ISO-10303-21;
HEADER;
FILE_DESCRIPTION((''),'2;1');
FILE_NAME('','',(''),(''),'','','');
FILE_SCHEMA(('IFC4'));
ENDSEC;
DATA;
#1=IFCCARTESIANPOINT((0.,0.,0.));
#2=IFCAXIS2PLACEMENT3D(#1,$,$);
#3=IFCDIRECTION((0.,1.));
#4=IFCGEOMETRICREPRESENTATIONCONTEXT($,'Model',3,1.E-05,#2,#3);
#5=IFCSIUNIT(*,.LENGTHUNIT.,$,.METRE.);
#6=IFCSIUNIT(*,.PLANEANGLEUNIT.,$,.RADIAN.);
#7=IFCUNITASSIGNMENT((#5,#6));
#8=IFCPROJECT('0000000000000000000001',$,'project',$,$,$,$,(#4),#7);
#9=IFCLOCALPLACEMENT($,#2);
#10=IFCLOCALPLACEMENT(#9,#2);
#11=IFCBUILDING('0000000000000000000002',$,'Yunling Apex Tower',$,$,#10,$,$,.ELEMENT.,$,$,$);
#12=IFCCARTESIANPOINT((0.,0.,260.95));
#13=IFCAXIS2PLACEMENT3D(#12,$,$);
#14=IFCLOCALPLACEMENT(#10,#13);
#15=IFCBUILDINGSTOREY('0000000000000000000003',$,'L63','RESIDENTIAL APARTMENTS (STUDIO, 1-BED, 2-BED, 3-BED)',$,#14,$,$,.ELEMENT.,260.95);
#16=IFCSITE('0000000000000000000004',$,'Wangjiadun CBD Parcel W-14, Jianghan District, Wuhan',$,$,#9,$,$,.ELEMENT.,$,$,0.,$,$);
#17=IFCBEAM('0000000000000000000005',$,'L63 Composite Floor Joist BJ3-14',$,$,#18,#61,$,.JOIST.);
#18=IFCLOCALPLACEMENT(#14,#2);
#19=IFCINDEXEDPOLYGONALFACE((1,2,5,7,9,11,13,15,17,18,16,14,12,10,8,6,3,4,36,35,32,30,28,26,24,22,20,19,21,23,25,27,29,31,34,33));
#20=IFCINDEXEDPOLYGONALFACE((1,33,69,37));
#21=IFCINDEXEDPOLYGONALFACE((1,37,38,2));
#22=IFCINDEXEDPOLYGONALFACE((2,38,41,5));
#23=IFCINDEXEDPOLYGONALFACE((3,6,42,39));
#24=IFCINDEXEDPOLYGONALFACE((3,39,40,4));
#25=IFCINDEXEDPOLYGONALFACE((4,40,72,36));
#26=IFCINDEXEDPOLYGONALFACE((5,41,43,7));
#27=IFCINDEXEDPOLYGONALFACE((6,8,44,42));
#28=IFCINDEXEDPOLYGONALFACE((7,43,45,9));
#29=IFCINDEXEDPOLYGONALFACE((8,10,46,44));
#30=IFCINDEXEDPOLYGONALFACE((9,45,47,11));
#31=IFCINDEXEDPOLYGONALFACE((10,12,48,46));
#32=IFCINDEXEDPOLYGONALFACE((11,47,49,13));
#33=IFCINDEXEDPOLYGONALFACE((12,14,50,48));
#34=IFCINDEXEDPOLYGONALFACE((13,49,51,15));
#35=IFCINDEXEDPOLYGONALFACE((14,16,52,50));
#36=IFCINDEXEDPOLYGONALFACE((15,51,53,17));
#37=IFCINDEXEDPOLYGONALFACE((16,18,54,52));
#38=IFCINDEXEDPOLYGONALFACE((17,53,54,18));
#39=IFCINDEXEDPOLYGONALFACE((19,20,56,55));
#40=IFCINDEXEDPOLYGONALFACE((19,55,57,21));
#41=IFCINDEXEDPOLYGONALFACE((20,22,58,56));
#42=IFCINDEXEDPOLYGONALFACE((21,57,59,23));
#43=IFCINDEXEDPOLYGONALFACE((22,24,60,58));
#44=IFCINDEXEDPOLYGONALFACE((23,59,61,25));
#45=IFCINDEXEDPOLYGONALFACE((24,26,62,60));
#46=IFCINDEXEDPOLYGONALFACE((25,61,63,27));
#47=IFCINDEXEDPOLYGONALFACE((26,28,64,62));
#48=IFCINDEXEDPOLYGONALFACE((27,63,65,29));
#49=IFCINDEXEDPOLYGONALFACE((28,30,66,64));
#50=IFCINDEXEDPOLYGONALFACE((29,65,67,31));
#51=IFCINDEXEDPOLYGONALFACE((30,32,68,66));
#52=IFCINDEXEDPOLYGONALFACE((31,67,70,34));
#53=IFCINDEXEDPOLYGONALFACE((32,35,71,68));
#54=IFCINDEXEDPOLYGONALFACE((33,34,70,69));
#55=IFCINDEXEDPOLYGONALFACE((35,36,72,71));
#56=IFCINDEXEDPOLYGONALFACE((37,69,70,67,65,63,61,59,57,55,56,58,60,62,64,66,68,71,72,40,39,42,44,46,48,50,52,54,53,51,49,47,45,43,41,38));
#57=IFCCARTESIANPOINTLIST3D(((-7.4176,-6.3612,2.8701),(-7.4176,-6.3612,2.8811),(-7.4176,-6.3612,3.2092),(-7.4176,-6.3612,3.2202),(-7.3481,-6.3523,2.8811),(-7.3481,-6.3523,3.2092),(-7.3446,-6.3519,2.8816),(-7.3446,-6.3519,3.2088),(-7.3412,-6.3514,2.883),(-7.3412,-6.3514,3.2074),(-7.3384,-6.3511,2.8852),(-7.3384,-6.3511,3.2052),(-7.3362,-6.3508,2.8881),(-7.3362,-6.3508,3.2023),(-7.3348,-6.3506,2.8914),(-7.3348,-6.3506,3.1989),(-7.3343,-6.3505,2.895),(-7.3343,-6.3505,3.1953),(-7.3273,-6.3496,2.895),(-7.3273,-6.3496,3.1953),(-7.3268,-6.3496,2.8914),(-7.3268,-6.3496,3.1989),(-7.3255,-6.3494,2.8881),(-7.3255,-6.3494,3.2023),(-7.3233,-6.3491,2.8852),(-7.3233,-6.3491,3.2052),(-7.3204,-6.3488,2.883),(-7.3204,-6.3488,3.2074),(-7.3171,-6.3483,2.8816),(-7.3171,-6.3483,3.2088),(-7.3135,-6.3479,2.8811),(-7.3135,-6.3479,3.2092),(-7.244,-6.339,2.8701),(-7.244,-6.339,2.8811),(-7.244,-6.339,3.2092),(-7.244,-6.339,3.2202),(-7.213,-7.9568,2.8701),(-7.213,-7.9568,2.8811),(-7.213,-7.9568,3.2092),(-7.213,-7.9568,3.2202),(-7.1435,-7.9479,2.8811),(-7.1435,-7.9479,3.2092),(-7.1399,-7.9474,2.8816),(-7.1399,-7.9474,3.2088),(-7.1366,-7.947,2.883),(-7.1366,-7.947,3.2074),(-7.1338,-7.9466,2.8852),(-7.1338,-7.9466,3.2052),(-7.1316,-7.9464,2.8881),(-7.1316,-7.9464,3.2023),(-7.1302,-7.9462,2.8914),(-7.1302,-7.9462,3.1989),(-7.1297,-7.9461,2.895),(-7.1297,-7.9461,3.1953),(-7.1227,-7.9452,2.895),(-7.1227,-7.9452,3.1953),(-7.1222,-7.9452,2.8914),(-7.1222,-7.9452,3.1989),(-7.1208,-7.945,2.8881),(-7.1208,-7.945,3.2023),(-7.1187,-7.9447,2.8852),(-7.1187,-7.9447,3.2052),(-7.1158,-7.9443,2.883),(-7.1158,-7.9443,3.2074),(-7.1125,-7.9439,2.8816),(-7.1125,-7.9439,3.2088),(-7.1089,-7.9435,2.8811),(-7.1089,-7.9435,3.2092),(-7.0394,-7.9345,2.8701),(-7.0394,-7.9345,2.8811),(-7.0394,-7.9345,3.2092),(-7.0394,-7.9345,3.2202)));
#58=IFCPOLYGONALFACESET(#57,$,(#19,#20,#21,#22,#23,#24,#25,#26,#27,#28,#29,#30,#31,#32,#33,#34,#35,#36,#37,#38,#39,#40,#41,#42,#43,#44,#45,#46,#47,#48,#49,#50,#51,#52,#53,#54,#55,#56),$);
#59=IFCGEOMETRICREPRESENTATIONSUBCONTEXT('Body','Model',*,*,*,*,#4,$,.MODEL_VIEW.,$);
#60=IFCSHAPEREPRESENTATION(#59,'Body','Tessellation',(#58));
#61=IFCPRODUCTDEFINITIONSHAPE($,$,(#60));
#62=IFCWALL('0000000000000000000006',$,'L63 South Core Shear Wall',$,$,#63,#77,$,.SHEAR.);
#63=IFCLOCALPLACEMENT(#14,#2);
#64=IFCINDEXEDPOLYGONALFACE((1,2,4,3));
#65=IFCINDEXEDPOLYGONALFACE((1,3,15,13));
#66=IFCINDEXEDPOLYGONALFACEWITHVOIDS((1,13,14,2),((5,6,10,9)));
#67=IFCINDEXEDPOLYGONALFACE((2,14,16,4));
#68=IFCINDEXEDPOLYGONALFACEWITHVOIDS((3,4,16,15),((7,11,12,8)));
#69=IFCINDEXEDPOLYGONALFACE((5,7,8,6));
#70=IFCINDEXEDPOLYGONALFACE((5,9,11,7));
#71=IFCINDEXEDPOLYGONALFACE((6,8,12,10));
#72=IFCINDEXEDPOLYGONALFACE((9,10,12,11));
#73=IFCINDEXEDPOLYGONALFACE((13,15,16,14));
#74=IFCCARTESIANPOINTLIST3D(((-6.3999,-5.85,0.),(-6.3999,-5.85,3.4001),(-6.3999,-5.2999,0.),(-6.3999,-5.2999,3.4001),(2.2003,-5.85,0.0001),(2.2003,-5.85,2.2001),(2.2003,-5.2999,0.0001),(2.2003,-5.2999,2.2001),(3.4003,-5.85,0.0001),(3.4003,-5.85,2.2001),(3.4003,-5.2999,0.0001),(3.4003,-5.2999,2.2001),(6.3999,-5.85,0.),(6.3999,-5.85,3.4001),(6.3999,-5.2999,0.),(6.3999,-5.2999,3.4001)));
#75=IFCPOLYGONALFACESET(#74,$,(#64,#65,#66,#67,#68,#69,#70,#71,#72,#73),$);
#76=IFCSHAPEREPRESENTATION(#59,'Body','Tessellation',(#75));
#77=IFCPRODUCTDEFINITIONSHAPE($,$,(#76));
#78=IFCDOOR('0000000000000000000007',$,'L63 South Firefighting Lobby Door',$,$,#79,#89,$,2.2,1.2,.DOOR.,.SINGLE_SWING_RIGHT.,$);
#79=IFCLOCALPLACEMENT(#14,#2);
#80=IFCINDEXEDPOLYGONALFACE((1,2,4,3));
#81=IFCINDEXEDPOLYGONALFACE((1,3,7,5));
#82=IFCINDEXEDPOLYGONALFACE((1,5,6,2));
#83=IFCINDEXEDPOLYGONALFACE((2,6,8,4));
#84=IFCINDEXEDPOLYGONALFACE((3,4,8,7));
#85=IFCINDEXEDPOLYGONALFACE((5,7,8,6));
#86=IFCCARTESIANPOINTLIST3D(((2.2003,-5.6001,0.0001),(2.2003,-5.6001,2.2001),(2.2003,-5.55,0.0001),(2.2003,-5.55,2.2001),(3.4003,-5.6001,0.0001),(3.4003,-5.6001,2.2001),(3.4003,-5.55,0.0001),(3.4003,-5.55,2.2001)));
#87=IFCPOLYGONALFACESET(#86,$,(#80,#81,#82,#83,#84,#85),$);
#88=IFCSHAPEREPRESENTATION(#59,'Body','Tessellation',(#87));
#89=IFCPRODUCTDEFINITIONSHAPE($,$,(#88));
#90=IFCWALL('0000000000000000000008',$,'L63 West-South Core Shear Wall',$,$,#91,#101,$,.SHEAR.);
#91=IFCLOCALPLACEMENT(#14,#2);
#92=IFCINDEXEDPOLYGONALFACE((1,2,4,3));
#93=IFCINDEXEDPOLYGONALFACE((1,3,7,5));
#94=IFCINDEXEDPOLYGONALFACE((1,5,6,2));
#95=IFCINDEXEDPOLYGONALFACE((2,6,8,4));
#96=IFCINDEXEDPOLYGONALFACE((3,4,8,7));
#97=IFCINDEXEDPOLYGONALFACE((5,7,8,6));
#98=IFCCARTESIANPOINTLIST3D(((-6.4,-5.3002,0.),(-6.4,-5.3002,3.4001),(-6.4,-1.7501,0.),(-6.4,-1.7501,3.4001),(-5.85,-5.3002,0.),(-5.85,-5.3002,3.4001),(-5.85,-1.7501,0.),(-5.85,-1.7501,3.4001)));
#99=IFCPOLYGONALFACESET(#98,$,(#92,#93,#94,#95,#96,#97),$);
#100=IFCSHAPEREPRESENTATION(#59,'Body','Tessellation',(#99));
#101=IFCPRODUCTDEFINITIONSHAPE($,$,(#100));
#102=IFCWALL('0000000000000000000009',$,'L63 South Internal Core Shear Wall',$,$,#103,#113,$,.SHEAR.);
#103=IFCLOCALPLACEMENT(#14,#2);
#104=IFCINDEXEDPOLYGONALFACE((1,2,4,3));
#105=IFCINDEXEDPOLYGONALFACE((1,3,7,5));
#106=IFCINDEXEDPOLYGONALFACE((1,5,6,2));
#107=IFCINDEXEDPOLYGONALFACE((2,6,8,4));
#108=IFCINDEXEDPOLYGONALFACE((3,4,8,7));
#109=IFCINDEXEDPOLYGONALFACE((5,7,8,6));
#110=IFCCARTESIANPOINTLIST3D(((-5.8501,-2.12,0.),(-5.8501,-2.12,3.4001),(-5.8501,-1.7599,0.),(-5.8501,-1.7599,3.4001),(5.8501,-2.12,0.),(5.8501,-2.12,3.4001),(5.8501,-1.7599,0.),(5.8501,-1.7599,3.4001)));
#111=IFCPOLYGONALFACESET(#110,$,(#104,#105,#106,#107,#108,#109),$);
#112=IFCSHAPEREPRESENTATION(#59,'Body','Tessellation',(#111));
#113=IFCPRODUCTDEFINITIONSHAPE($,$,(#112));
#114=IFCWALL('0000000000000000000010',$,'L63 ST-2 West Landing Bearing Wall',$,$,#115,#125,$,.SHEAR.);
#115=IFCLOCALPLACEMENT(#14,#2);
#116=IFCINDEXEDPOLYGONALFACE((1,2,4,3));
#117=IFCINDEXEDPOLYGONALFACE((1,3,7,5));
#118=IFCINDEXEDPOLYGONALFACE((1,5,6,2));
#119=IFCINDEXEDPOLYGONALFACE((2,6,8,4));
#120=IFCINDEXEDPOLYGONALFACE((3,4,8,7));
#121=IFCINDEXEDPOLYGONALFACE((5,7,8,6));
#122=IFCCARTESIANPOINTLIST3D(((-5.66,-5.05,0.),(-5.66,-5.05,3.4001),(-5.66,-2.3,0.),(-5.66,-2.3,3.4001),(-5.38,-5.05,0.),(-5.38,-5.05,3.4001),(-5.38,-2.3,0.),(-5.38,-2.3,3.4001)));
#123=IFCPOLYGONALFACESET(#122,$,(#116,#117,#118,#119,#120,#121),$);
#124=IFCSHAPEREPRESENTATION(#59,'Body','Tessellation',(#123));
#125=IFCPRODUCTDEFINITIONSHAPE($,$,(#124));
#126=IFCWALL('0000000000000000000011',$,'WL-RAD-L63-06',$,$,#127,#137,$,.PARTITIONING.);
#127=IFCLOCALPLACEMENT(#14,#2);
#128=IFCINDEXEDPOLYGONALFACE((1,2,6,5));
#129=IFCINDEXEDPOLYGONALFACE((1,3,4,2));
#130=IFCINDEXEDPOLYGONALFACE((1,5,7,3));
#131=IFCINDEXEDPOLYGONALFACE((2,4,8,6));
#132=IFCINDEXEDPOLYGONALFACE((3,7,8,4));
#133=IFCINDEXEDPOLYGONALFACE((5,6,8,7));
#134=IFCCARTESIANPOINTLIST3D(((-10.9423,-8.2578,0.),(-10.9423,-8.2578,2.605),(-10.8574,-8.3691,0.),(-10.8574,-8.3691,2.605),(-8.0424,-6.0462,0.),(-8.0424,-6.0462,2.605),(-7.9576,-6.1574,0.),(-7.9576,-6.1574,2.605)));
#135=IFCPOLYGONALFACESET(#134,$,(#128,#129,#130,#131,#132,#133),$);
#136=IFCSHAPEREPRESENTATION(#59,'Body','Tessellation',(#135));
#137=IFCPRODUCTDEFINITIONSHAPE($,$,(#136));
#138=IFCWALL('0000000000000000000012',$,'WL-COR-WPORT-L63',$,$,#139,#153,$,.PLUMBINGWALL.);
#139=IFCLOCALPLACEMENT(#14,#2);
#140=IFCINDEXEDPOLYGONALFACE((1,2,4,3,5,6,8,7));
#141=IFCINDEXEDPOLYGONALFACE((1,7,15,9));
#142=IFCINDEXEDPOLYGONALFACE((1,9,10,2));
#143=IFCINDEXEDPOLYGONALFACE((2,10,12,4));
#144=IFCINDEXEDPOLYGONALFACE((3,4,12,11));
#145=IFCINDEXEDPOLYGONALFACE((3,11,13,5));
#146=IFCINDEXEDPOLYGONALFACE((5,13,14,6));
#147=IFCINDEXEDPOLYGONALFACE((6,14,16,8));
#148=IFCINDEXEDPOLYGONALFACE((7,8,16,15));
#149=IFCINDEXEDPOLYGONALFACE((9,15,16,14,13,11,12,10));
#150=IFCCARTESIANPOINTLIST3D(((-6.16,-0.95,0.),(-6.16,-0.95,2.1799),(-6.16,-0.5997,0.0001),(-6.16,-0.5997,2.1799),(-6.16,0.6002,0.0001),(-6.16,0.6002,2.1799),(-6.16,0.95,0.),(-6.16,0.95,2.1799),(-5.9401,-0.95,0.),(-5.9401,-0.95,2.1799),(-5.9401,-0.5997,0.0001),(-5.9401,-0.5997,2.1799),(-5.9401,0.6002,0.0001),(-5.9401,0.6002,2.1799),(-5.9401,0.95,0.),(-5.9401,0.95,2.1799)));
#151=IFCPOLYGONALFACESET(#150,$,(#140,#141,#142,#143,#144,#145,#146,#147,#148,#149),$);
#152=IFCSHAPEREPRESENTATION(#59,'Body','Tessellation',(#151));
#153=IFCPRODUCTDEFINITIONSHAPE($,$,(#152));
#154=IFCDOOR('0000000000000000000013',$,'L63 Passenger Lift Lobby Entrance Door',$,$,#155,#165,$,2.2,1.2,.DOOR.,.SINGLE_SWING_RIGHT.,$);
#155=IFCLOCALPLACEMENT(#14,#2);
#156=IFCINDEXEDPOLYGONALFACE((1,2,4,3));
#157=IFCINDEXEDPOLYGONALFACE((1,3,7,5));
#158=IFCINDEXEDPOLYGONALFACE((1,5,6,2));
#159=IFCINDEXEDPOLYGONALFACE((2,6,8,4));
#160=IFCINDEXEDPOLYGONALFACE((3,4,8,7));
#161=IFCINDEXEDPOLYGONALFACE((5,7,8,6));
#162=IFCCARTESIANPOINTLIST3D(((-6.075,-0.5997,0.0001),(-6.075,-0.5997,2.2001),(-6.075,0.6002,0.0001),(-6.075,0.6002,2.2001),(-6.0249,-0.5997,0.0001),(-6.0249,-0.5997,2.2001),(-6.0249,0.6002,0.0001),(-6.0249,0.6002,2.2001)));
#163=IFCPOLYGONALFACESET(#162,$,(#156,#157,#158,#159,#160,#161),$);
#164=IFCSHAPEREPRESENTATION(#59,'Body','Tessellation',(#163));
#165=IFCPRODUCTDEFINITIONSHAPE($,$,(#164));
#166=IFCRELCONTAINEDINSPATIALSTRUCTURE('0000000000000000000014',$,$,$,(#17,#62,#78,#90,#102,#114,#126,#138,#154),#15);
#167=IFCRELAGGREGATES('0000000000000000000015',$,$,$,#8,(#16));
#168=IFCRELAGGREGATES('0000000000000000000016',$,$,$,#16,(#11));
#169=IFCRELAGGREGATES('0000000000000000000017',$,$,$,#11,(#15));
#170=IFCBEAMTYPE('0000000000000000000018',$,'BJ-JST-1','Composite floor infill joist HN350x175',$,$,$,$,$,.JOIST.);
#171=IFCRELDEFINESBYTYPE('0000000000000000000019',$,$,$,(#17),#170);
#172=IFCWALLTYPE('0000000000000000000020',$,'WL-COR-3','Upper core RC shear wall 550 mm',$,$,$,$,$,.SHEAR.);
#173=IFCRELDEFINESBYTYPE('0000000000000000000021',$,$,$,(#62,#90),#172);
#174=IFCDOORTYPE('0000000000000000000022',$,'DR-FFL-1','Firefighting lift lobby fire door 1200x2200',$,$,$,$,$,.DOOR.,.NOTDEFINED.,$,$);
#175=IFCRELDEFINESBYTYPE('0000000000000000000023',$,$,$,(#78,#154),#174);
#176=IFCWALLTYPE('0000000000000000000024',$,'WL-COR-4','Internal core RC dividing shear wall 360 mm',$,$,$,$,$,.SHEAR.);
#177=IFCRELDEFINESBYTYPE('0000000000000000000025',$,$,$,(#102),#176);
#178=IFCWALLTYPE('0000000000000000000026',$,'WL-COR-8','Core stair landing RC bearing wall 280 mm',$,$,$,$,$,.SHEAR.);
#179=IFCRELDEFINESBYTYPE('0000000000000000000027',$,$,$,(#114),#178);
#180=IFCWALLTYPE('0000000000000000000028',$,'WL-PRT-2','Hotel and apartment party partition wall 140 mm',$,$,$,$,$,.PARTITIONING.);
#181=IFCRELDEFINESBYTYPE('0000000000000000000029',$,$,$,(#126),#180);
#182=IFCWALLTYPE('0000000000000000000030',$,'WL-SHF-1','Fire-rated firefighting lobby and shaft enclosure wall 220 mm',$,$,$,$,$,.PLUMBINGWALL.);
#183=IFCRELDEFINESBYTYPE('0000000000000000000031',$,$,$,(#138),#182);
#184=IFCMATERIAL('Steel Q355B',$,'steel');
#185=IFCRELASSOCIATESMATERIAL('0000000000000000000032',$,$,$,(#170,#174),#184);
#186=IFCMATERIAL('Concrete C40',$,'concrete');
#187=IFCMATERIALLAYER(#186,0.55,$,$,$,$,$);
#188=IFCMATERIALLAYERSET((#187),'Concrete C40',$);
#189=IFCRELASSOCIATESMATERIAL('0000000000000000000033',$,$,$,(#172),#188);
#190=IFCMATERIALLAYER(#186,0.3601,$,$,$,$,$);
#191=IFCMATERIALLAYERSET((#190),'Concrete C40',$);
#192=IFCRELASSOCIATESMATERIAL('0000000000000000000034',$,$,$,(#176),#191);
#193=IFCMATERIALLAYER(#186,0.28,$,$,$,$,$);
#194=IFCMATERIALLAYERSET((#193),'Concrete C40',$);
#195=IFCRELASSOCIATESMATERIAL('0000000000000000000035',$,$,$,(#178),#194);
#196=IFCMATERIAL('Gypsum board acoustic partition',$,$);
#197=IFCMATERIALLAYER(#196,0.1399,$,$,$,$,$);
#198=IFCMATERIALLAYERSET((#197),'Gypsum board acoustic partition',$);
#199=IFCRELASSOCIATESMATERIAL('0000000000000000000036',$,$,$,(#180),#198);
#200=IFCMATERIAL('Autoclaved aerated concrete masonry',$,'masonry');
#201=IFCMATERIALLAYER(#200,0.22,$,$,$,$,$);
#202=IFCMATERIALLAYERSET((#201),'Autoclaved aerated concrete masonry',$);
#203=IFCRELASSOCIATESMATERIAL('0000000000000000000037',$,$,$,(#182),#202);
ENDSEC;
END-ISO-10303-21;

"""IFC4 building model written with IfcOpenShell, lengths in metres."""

from ifc_helpers import new_model, si_unit, direction, frame, frame_2d, origin, origin_2d, place, context, subcontext, project, spatial, rectangle, i_section, extrude, source, transform, mapped, material, layer, layer_set, material_profile, profile_set, type_object, element, fill, save


model = new_model("IFC4")

# Units and contexts
model_context = context("Model", 3, precision=1e-05, world=origin(), true_north=direction((0.0, 1.0)))
body_context = subcontext(model_context, "Body", "Model", "MODEL_VIEW")
ifc_project = project(units=[si_unit("LENGTHUNIT", "METRE"), si_unit("PLANEANGLEUNIT", "RADIAN")], contexts=[model_context])

# Site, building, storey
site_placement = place(None, origin())
site = spatial("IfcSite", under=ifc_project, at=site_placement, Name="Wangjiadun CBD Parcel W-14, Jianghan District, Wuhan", CompositionType="ELEMENT", RefElevation=0.0)
building_placement = place(site_placement, origin())
building = spatial("IfcBuilding", under=site, at=building_placement, Name="Yunling Apex Tower", CompositionType="ELEMENT")
storey_placement = place(building_placement, frame((0.0, 0.0, 260.95)))
storey = spatial("IfcBuildingStorey", under=building, at=storey_placement, Name="L63", Description="RESIDENTIAL APARTMENTS (STUDIO, 1-BED, 2-BED, 3-BED)", CompositionType="ELEMENT", Elevation=260.95)

# Beam
ifc_material_1 = material(Name="Steel Q355B", Category="steel")
ifc_material_2 = material(Name="Concrete C40", Category="concrete")
ifc_material_profile_1 = material_profile(ifc_material_1, i_section(OverallWidth=0.175, OverallDepth=0.3501, WebThickness=0.0071, FlangeThickness=0.011, FilletRadius=0.0139, at=origin_2d()))
ifc_profile_set_1 = profile_set([ifc_material_profile_1], Name="Steel Q355B")
beam_type_1 = type_object("IfcBeamType", Name="BJ-JST-1", Description="Composite floor infill joist HN350x175", PredefinedType="JOIST", material=ifc_profile_set_1)
shared_shape_1 = source(origin(), body_context, "Body", "SweptSolid", [
    extrude(i_section(OverallWidth=0.175, OverallDepth=0.3501, WebThickness=0.0071, FlangeThickness=0.011, FilletRadius=0.0139, at=origin_2d()), origin(), (0.0, 0.0, 1.0), 1.6086),
])
beam_1_placement = place(storey_placement, frame((-7.3308, -6.3501, 3.0452), z_axis=(0.127191, -0.991878, 0.0), x_axis=(0.991878, 0.127191, 0.0)))
element("IfcBeam", 1, at=beam_1_placement, inside=storey, type_object=beam_type_1, Name="L63 Composite Floor Joist BJ3-14", PredefinedType="JOIST", context=body_context, shape_type="MappedRepresentation", body=[
    mapped(shared_shape_1, transform((0.0, 0.0, 0.0), scale=1.0)),
])

# Wall, opening, door
ifc_layer_1 = layer(ifc_material_2, 0.55)
ifc_layer_set_1 = layer_set([ifc_layer_1], Name="Concrete C40")
wall_type_1 = type_object("IfcWallType", Name="WL-COR-3", Description="Upper core RC shear wall 550 mm", PredefinedType="SHEAR", material=ifc_layer_set_1)
wall_1_placement = place(storey_placement, frame((-6.3999, -5.575, 0.0), z_axis=(0.0, 0.0, 1.0), x_axis=(1.0, 0.0, 0.0)))
wall_1 = element("IfcWall", 2, at=wall_1_placement, inside=storey, type_object=wall_type_1, Name="L63 South Core Shear Wall", PredefinedType="SHEAR", context=body_context, shape_type="SweptSolid", body=[
    extrude(rectangle(XDim=12.7998, YDim=0.55, at=frame_2d((6.3999, 0.0))), origin(), (0.0, 0.0, 1.0), 3.4001),
])
opening_1_placement = place(wall_1_placement, frame((8.6001, 0.0, 0.0)))
opening_1 = element("IfcOpeningElement", 3, at=opening_1_placement, cuts=wall_1, PredefinedType="OPENING", context=body_context, shape_type="SweptSolid", body=[
    extrude(rectangle(XDim=1.2, YDim=2.2, at=frame_2d((0.6001, 1.1001))), frame((0.0, 0.2852, 0.0), z_axis=(0.0, -1.0, 0.0), x_axis=(1.0, 0.0, 0.0)), (0.0, 0.0, 1.0), 0.5701),
])
door_type = type_object("IfcDoorType", Name="DR-FFL-1", Description="Firefighting lift lobby fire door 1200x2200", OperationType="NOTDEFINED", PredefinedType="DOOR", material=ifc_material_1)
door_1_placement = place(opening_1_placement, origin())
door_1 = element("IfcDoor", 4, at=door_1_placement, inside=storey, type_object=door_type, Name="L63 South Firefighting Lobby Door", OperationType="SINGLE_SWING_RIGHT", OverallHeight=2.2, OverallWidth=1.2, PredefinedType="DOOR", context=body_context, shape_type="SweptSolid", body=[
    extrude(rectangle(XDim=1.2, YDim=2.2, at=frame_2d((0.6001, 1.1001))), frame((0.0, 0.0249, 0.0), z_axis=(0.0, -1.0, 0.0), x_axis=(1.0, 0.0, 0.0)), (0.0, 0.0, 1.0), 0.05),
])
fill(opening_1, door_1)

# Walls
wall_2_placement = place(storey_placement, frame((-6.125, -5.3, 0.0), z_axis=(0.0, 0.0, 1.0), x_axis=(0.0, 1.0, 0.0)))
element("IfcWall", 5, at=wall_2_placement, inside=storey, type_object=wall_type_1, Name="L63 West-South Core Shear Wall", PredefinedType="SHEAR", context=body_context, shape_type="SweptSolid", body=[
    extrude(rectangle(XDim=3.55, YDim=0.55, at=frame_2d((1.7749, 0.0))), origin(), (0.0, 0.0, 1.0), 3.4001),
])
ifc_layer_2 = layer(ifc_material_2, 0.3601)
ifc_layer_set_2 = layer_set([ifc_layer_2], Name="Concrete C40")
wall_type_2 = type_object("IfcWallType", Name="WL-COR-4", Description="Internal core RC dividing shear wall 360 mm", PredefinedType="SHEAR", material=ifc_layer_set_2)
wall_3_placement = place(storey_placement, frame((-5.8501, -1.9399, 0.0), z_axis=(0.0, 0.0, 1.0), x_axis=(1.0, 0.0, 0.0)))
element("IfcWall", 6, at=wall_3_placement, inside=storey, type_object=wall_type_2, Name="L63 South Internal Core Shear Wall", PredefinedType="SHEAR", context=body_context, shape_type="SweptSolid", body=[
    extrude(rectangle(XDim=11.7002, YDim=0.3601, at=frame_2d((5.8501, 0.0))), origin(), (0.0, 0.0, 1.0), 3.4001),
])
ifc_layer_3 = layer(ifc_material_2, 0.28)
ifc_layer_set_3 = layer_set([ifc_layer_3], Name="Concrete C40")
wall_type_3 = type_object("IfcWallType", Name="WL-COR-8", Description="Core stair landing RC bearing wall 280 mm", PredefinedType="SHEAR", material=ifc_layer_set_3)
wall_4_placement = place(storey_placement, frame((-5.52, -5.05, 0.0), z_axis=(0.0, 0.0, 1.0), x_axis=(0.0, 1.0, 0.0)))
element("IfcWall", 7, at=wall_4_placement, inside=storey, type_object=wall_type_3, Name="L63 ST-2 West Landing Bearing Wall", PredefinedType="SHEAR", context=body_context, shape_type="SweptSolid", body=[
    extrude(rectangle(XDim=2.75, YDim=0.28, at=frame_2d((1.375, 0.0))), origin(), (0.0, 0.0, 1.0), 3.4001),
])
ifc_material_3 = material(Name="Gypsum board acoustic partition")
ifc_layer_4 = layer(ifc_material_3, 0.1399)
ifc_layer_set_4 = layer_set([ifc_layer_4], Name="Gypsum board acoustic partition")
wall_type_4 = type_object("IfcWallType", Name="WL-PRT-2", Description="Hotel and apartment party partition wall 140 mm", PredefinedType="PARTITIONING", material=ifc_layer_set_4)
wall_5_placement = place(storey_placement, frame((-8.0, -6.1018, 0.0), z_axis=(0.0, 0.0, 1.0), x_axis=(-0.795138, -0.606428, 0.0)))
element("IfcWall", 8, at=wall_5_placement, inside=storey, type_object=wall_type_4, Name="WL-RAD-L63-06", PredefinedType="PARTITIONING", context=body_context, shape_type="SweptSolid", body=[
    extrude(rectangle(XDim=3.647, YDim=0.1399, at=frame_2d((1.8235, 0.0))), origin(), (0.0, 0.0, 1.0), 2.605),
])

# Wall, opening, door
ifc_material_4 = material(Name="Autoclaved aerated concrete masonry", Category="masonry")
ifc_layer_5 = layer(ifc_material_4, 0.22)
ifc_layer_set_5 = layer_set([ifc_layer_5], Name="Autoclaved aerated concrete masonry")
wall_type_5 = type_object("IfcWallType", Name="WL-SHF-1", Description="Fire-rated firefighting lobby and shaft enclosure wall 220 mm", PredefinedType="PLUMBINGWALL", material=ifc_layer_set_5)
wall_6_placement = place(storey_placement, frame((-6.05, -0.95, 0.0), z_axis=(0.0, 0.0, 1.0), x_axis=(0.0, 1.0, 0.0)))
wall_6 = element("IfcWall", 9, at=wall_6_placement, inside=storey, type_object=wall_type_5, Name="WL-COR-WPORT-L63", PredefinedType="PLUMBINGWALL", context=body_context, shape_type="SweptSolid", body=[
    extrude(rectangle(XDim=1.8999, YDim=0.22, at=frame_2d((0.95, 0.0))), origin(), (0.0, 0.0, 1.0), 2.1799),
])
opening_2_placement = place(wall_6_placement, frame((0.3501, 0.0, 0.0)))
opening_2 = element("IfcOpeningElement", 10, at=opening_2_placement, cuts=wall_6, PredefinedType="OPENING", context=body_context, shape_type="SweptSolid", body=[
    extrude(rectangle(XDim=1.2, YDim=2.2, at=frame_2d((0.6001, 1.1001))), frame((0.0, 0.1201, 0.0), z_axis=(0.0, -1.0, 0.0), x_axis=(1.0, 0.0, 0.0)), (0.0, 0.0, 1.0), 0.24),
])
door_2_placement = place(opening_2_placement, origin())
door_2 = element("IfcDoor", 11, at=door_2_placement, inside=storey, type_object=door_type, Name="L63 Passenger Lift Lobby Entrance Door", OperationType="SINGLE_SWING_RIGHT", OverallHeight=2.2, OverallWidth=1.2, PredefinedType="DOOR", context=body_context, shape_type="SweptSolid", body=[
    extrude(rectangle(XDim=1.2, YDim=2.2, at=frame_2d((0.6001, 1.1001))), frame((0.0, 0.0249, 0.0), z_axis=(0.0, -1.0, 0.0), x_axis=(1.0, 0.0, 0.0)), (0.0, 0.0, 1.0), 0.05),
])
fill(opening_2, door_2)

save(model, "model.ifc")
